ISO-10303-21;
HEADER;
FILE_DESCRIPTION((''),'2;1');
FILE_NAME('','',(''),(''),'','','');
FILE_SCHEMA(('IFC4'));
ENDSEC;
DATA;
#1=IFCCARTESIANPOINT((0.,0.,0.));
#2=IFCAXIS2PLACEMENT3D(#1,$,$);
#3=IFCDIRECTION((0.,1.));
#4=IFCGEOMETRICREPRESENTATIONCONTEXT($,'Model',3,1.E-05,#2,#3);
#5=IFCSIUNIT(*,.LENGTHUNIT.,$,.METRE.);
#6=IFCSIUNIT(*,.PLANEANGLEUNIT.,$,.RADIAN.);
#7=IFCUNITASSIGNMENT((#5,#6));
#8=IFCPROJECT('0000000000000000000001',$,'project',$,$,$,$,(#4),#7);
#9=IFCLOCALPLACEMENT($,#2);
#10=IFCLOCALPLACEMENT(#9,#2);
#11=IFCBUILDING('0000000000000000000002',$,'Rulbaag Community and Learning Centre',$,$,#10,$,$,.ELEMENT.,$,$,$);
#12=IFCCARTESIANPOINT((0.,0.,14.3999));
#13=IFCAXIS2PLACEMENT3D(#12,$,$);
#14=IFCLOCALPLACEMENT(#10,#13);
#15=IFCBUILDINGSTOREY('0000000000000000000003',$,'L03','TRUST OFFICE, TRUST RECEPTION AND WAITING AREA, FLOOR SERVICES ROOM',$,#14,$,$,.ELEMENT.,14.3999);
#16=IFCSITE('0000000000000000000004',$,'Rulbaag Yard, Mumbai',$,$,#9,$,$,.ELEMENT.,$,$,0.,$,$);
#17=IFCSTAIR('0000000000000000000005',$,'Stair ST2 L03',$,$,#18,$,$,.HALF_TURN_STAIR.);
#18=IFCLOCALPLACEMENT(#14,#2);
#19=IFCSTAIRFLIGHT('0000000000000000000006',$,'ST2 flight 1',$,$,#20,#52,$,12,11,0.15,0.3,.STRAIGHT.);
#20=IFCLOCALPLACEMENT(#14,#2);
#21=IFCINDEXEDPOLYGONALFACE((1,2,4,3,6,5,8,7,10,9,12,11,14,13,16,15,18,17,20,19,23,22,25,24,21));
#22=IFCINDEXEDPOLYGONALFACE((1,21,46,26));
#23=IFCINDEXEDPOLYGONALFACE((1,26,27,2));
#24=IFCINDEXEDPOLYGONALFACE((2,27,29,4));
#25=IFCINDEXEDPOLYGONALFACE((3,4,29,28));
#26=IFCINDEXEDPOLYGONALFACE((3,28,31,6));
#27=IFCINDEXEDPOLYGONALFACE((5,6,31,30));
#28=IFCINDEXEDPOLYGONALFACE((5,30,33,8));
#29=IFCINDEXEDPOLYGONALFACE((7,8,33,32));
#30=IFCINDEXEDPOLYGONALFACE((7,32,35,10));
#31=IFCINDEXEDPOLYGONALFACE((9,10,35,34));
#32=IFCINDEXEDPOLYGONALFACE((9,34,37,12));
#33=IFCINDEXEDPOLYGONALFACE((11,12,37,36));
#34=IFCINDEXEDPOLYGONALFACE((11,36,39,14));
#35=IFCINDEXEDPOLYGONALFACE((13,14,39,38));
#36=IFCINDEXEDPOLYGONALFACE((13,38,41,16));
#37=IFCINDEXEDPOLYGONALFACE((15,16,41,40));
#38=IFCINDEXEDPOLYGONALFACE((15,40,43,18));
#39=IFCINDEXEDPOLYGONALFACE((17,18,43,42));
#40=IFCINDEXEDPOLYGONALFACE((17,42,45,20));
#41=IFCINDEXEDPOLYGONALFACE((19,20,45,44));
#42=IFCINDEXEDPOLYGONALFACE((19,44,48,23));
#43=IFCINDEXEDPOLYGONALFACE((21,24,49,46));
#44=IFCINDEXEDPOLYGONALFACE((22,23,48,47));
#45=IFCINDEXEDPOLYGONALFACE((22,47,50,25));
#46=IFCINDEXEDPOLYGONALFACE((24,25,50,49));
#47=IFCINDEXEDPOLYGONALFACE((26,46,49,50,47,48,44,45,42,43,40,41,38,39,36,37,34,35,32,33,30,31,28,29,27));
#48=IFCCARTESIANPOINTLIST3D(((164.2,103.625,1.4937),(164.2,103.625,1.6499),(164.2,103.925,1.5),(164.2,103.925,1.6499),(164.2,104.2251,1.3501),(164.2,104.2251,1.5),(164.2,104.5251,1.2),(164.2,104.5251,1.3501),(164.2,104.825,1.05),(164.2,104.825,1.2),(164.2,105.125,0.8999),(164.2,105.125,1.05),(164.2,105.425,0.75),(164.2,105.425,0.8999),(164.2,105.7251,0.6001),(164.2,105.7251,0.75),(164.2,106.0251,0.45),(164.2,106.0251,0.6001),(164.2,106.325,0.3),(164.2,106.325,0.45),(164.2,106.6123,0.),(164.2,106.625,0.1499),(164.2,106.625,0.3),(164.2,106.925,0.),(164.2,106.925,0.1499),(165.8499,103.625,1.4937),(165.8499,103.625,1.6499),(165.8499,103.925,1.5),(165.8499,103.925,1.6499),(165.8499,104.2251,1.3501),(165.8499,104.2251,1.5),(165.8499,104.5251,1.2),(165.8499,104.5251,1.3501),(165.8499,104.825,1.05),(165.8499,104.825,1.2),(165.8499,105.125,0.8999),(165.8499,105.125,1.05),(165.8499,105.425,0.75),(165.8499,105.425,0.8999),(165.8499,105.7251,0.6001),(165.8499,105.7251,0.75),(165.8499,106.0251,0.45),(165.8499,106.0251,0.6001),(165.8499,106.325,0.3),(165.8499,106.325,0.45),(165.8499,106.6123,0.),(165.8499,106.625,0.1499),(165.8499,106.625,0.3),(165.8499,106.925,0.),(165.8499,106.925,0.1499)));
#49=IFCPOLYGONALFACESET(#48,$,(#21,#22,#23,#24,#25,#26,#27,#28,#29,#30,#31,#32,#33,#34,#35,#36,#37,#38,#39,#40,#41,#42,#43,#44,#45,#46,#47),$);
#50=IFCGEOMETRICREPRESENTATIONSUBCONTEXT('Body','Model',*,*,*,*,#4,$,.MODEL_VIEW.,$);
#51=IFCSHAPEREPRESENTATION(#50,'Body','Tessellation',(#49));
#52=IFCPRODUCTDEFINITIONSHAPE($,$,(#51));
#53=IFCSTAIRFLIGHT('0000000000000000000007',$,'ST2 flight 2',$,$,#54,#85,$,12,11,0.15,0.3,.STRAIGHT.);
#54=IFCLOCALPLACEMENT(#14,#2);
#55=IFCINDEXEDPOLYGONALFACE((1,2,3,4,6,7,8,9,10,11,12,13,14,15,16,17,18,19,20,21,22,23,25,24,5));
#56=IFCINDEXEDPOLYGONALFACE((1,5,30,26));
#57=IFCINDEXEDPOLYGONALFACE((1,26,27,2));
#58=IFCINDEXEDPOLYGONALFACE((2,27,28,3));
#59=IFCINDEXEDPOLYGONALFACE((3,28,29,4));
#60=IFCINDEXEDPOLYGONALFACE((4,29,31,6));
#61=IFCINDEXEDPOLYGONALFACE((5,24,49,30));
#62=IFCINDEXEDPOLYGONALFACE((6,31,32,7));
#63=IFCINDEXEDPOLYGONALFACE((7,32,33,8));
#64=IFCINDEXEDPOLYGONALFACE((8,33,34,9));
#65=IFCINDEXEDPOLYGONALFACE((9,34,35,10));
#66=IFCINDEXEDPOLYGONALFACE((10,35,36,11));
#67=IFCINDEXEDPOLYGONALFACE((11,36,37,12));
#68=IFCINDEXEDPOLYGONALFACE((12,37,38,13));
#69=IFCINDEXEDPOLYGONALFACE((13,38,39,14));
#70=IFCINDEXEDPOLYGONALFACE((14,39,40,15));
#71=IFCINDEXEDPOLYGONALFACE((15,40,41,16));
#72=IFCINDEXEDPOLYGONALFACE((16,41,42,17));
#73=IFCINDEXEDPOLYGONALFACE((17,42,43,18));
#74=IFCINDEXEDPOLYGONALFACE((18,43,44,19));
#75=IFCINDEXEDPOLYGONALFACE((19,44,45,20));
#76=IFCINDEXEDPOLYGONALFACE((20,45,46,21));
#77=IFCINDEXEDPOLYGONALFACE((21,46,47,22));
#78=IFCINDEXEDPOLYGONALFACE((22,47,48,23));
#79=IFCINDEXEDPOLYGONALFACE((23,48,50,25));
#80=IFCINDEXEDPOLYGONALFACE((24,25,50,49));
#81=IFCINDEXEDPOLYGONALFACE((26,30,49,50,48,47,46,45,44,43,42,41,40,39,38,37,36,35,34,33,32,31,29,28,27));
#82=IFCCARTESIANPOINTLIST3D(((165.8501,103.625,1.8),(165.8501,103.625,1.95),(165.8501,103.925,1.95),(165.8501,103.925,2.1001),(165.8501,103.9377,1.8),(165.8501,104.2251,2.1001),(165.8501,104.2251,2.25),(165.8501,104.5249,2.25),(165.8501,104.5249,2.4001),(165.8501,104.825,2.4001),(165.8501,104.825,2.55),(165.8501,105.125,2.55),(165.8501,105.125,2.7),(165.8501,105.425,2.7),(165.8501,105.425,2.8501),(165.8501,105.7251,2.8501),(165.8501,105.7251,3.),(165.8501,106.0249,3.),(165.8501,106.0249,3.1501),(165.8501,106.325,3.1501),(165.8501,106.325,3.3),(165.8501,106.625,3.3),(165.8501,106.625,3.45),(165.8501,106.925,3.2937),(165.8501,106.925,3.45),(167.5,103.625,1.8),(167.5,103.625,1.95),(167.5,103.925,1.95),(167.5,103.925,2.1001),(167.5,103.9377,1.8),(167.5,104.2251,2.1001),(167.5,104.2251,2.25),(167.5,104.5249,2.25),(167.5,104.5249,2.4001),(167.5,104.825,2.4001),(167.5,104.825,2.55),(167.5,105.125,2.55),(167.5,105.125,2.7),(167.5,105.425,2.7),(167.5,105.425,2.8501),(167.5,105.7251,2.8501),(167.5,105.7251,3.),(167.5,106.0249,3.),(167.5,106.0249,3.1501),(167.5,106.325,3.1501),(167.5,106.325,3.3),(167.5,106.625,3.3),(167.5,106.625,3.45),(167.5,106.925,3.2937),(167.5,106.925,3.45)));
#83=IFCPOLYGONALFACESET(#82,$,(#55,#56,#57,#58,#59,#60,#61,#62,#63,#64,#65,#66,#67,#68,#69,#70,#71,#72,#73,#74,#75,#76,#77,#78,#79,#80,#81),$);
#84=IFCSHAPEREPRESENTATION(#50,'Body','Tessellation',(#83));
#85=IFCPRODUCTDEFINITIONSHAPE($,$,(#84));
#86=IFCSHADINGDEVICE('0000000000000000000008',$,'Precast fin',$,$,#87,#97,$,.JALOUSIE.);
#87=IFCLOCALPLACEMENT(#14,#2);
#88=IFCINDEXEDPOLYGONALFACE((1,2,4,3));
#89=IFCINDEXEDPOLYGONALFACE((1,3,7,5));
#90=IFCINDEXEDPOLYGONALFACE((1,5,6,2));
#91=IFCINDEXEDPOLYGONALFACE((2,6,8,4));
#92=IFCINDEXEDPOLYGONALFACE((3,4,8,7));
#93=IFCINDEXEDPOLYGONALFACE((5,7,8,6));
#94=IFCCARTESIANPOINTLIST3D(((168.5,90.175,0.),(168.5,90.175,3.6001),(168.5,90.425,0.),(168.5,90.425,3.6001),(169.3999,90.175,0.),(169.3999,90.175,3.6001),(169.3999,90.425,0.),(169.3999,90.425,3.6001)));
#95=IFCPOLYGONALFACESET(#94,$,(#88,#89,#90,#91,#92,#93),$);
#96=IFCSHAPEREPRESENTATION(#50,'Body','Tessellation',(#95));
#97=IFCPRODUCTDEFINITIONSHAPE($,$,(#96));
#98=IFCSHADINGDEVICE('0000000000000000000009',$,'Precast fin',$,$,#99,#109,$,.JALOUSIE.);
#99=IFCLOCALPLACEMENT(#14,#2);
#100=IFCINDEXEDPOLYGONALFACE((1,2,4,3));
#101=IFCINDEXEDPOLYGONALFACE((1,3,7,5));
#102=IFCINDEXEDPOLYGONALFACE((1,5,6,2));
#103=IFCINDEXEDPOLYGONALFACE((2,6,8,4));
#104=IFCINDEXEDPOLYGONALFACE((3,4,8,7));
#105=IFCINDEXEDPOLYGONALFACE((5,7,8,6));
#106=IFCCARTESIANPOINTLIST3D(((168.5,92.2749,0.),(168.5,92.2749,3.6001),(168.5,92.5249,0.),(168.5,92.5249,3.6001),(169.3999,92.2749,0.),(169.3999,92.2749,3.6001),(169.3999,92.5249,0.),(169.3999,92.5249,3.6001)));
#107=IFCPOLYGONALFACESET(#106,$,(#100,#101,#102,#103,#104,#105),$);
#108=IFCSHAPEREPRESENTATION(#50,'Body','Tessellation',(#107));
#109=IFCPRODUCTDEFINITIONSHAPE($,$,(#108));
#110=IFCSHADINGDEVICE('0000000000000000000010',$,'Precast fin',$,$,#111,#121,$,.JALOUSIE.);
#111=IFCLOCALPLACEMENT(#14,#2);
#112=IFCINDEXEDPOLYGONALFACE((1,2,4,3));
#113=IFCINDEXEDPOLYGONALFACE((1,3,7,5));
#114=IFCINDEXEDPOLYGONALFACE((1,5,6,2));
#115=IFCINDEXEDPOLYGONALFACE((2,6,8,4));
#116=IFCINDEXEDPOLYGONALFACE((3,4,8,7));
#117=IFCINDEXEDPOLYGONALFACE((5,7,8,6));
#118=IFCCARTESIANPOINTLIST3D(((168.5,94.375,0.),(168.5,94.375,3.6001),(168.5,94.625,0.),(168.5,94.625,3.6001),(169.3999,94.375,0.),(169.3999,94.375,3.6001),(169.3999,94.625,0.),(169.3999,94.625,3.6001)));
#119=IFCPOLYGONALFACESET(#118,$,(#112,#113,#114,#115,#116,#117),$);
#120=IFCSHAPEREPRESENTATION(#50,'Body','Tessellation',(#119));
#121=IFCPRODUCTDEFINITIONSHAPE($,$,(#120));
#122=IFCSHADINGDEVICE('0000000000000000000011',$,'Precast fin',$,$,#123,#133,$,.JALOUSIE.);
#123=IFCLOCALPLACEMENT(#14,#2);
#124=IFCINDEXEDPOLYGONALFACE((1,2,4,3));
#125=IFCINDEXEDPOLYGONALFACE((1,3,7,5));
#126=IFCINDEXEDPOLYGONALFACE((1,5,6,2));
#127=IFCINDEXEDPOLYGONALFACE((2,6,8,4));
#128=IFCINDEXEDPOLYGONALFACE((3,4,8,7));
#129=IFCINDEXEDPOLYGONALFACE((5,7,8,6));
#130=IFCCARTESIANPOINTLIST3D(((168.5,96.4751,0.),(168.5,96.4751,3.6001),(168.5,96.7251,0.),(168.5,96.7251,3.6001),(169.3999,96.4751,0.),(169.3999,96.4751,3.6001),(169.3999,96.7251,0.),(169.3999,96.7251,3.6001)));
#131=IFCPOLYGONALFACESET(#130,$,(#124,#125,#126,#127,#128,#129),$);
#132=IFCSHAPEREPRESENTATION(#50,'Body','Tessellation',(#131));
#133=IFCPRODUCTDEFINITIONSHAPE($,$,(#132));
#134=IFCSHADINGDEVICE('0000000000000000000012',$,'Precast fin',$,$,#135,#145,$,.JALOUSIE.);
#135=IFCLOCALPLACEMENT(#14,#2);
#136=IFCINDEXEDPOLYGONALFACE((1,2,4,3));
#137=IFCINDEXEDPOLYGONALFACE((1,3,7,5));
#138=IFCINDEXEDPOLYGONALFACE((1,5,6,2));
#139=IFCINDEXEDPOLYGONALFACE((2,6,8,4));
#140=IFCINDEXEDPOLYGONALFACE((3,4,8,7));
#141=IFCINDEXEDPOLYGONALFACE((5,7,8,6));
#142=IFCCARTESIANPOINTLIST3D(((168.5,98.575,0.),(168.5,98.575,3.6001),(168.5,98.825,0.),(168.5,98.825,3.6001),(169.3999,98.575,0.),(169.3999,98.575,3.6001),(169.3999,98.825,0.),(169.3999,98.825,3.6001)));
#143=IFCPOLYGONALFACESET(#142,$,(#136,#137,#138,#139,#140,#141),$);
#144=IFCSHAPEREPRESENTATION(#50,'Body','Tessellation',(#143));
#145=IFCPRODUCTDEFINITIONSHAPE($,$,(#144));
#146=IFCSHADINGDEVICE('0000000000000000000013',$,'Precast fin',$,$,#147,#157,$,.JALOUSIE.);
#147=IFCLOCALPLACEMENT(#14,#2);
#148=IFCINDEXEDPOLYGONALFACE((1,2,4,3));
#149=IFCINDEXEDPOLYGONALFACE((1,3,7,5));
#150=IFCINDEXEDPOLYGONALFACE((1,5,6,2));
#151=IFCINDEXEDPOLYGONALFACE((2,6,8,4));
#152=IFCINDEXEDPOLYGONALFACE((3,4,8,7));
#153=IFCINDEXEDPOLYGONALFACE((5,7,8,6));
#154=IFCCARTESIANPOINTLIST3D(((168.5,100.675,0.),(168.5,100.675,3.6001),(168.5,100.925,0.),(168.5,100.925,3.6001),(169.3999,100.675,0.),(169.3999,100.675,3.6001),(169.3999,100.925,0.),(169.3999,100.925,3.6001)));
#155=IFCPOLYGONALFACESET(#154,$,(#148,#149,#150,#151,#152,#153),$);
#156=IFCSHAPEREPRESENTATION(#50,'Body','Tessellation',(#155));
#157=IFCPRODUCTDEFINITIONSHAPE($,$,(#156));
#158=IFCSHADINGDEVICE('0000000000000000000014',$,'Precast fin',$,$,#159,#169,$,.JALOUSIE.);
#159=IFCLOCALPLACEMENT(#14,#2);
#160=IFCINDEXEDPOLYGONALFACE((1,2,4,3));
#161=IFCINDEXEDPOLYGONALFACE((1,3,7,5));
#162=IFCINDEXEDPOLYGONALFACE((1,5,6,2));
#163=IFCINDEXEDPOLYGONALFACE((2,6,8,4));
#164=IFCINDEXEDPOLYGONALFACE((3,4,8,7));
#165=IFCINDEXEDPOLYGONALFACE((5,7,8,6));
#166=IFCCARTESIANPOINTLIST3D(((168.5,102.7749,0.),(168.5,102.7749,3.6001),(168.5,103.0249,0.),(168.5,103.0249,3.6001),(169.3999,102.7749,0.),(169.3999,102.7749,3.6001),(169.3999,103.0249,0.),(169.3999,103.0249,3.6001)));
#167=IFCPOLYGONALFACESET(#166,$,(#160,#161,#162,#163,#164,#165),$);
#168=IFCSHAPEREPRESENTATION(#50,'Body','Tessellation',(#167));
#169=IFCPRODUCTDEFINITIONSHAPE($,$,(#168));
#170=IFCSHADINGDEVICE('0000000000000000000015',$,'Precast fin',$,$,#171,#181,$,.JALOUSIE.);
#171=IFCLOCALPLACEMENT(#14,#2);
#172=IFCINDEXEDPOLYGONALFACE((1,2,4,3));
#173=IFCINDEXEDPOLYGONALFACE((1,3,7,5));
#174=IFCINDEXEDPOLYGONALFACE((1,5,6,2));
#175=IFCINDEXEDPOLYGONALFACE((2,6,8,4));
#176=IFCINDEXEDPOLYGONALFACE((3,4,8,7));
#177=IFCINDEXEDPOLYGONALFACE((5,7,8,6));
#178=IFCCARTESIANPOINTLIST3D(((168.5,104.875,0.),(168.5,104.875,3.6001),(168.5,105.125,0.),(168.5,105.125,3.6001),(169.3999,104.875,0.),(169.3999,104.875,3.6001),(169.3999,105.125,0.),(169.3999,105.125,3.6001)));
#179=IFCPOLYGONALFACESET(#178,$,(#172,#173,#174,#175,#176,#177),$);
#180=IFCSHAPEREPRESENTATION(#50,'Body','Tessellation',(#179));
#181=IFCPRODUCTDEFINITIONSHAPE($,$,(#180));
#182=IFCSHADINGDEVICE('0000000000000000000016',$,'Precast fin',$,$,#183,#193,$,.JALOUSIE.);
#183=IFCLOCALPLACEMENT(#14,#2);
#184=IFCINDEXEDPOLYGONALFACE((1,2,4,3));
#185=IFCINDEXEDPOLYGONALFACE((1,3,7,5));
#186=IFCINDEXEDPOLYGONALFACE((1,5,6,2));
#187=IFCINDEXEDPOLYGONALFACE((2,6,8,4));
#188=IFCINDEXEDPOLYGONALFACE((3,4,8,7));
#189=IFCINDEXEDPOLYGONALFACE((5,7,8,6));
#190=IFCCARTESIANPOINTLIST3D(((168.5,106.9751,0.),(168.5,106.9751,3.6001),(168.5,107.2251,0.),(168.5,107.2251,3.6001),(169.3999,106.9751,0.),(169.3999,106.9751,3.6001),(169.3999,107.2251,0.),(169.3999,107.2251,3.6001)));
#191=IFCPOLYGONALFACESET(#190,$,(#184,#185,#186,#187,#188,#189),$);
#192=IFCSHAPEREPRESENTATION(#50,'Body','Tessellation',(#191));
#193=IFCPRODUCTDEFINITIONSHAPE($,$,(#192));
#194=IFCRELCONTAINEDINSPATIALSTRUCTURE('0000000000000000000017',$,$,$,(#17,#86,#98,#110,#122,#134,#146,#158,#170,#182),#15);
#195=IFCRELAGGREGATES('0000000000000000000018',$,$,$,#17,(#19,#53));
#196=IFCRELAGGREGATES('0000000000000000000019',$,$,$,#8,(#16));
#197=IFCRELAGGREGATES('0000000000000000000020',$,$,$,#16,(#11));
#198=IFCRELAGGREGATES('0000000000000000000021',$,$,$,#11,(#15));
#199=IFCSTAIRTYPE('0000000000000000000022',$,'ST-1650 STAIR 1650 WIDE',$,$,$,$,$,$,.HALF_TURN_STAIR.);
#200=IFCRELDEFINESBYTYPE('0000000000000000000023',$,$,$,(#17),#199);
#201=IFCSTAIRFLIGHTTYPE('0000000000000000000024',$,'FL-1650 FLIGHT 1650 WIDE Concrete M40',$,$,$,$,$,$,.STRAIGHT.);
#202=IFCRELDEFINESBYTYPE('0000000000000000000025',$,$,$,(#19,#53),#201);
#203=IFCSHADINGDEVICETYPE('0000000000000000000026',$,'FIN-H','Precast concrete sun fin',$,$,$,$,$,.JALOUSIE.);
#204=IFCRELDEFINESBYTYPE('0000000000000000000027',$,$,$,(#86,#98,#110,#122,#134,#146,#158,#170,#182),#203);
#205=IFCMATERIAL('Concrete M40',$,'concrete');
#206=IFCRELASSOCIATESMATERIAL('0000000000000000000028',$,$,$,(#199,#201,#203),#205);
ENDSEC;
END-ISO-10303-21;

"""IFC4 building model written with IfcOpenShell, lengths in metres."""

from ifc_helpers import new_model, si_unit, direction, frame, origin, origin_2d, place, context, subcontext, project, spatial, polyline, rectangle, outline, extrude, material, material_profile, profile_set, type_object, element, aggregate, save


model = new_model("IFC4")

# Units and contexts
model_context = context("Model", 3, precision=1e-05, world=origin(), true_north=direction((0.0, 1.0)))
body_context = subcontext(model_context, "Body", "Model", "MODEL_VIEW")
ifc_project = project(units=[si_unit("LENGTHUNIT", "METRE"), si_unit("PLANEANGLEUNIT", "RADIAN")], contexts=[model_context])

# Site, building, storey
site_placement = place(None, origin())
site = spatial("IfcSite", under=ifc_project, at=site_placement, Name="Rulbaag Yard, Mumbai", CompositionType="ELEMENT", RefElevation=0.0)
building_placement = place(site_placement, origin())
building = spatial("IfcBuilding", under=site, at=building_placement, Name="Rulbaag Community and Learning Centre", CompositionType="ELEMENT")
storey_placement = place(building_placement, frame((0.0, 0.0, 14.3999)))
storey = spatial("IfcBuildingStorey", under=building, at=storey_placement, Name="L03", Description="TRUST OFFICE, TRUST RECEPTION AND WAITING AREA, FLOOR SERVICES ROOM", CompositionType="ELEMENT", Elevation=14.3999)

# Stair, stair flights
ifc_material_1 = material(Name="Concrete M40", Category="concrete")
stair_type = type_object("IfcStairType", Name="ST-1650 STAIR 1650 WIDE", PredefinedType="HALF_TURN_STAIR", material=ifc_material_1)
stair_placement = place(storey_placement, origin())
stair = element("IfcStair", 1, at=stair_placement, inside=storey, type_object=stair_type, Name="Stair ST2 L03", PredefinedType="HALF_TURN_STAIR")
stair_flight_type = type_object("IfcStairFlightType", Name="FL-1650 FLIGHT 1650 WIDE Concrete M40", PredefinedType="STRAIGHT", material=ifc_material_1)
stair_flight_1_placement = place(storey_placement, frame((165.0249, 106.925, 0.0), z_axis=(0.0, 0.0, 1.0), x_axis=(0.0, -1.0, 0.0)))
stair_flight_1 = element("IfcStairFlight", 2, at=stair_flight_1_placement, type_object=stair_flight_type, Name="ST2 flight 1", NumberOfRisers=12, NumberOfTreads=11, PredefinedType="STRAIGHT", RiserHeight=0.15, TreadLength=0.3, context=body_context, shape_type="SweptSolid", body=[
    extrude(outline(polyline([(0.0, 0.0), (0.0, 0.1499), (0.3, 0.1499), (0.3, 0.3), (0.6001, 0.3), (0.6001, 0.45), (0.8999, 0.45), (0.8999, 0.6001), (1.2, 0.6001), (1.2, 0.75), (1.5, 0.75), (1.5, 0.8999), (1.8, 0.8999), (1.8, 1.05), (2.1001, 1.05), (2.1001, 1.2), (2.3999, 1.2), (2.3999, 1.3501), (2.7, 1.3501), (2.7, 1.5), (3.0, 1.5), (3.0, 1.6499), (3.3, 1.6499), (3.3, 1.4937), (0.3127, 0.0), (0.0, 0.0)])), frame((0.0, 0.825, 0.0), z_axis=(0.0, -1.0, 0.0), x_axis=(1.0, 0.0, 0.0)), (0.0, 0.0, 1.0), 1.6499),
])
stair_flight_2_placement = place(storey_placement, frame((166.675, 103.625, 1.8), z_axis=(0.0, 0.0, 1.0), x_axis=(0.0, 1.0, 0.0)))
stair_flight_2 = element("IfcStairFlight", 3, at=stair_flight_2_placement, type_object=stair_flight_type, Name="ST2 flight 2", NumberOfRisers=12, NumberOfTreads=11, PredefinedType="STRAIGHT", RiserHeight=0.15, TreadLength=0.3, context=body_context, shape_type="SweptSolid", body=[
    extrude(outline(polyline([(0.0, 0.0), (0.0, 0.1499), (0.3, 0.1499), (0.3, 0.3), (0.6001, 0.3), (0.6001, 0.45), (0.8999, 0.45), (0.8999, 0.6001), (1.2, 0.6001), (1.2, 0.75), (1.5, 0.75), (1.5, 0.8999), (1.8, 0.8999), (1.8, 1.05), (2.1001, 1.05), (2.1001, 1.2), (2.3999, 1.2), (2.3999, 1.3501), (2.7, 1.3501), (2.7, 1.5), (3.0, 1.5), (3.0, 1.6499), (3.3, 1.6499), (3.3, 1.4937), (0.3127, 0.0), (0.0, 0.0)])), frame((0.0, 0.825, 0.0), z_axis=(0.0, -1.0, 0.0), x_axis=(1.0, 0.0, 0.0)), (0.0, 0.0, 1.0), 1.6499),
])
aggregate(stair, [stair_flight_1, stair_flight_2])

# Shading devices
ifc_material_profile_1 = material_profile(ifc_material_1, rectangle(XDim=0.25, YDim=0.8999, at=origin_2d()), Name="PC 250x900")
ifc_profile_set_1 = profile_set([ifc_material_profile_1], Name="Concrete M40")
shading_device_type = type_object("IfcShadingDeviceType", Name="FIN-H", Description="Precast concrete sun fin", PredefinedType="JALOUSIE", material=ifc_profile_set_1)
for number, where, z_axis, x_axis, name in (
    (4, (168.95, 90.3, 0.0), (0.0, 0.0, 1.0), (0.0, 1.0, 0.0), "Precast fin"),
    (5, (168.95, 92.3999, 0.0), (0.0, 0.0, 1.0), (0.0, 1.0, 0.0), "Precast fin"),
    (6, (168.95, 94.5, 0.0), (0.0, 0.0, 1.0), (0.0, 1.0, 0.0), "Precast fin"),
    (7, (168.95, 96.6001, 0.0), (0.0, 0.0, 1.0), (0.0, 1.0, 0.0), "Precast fin"),
    (8, (168.95, 98.7, 0.0), (0.0, 0.0, 1.0), (0.0, 1.0, 0.0), "Precast fin"),
    (9, (168.95, 100.8, 0.0), (0.0, 0.0, 1.0), (0.0, 1.0, 0.0), "Precast fin"),
    (10, (168.95, 102.8999, 0.0), (0.0, 0.0, 1.0), (0.0, 1.0, 0.0), "Precast fin"),
    (11, (168.95, 105.0, 0.0), (0.0, 0.0, 1.0), (0.0, 1.0, 0.0), "Precast fin"),
    (12, (168.95, 107.1001, 0.0), (0.0, 0.0, 1.0), (0.0, 1.0, 0.0), "Precast fin"),
):
    element("IfcShadingDevice", number, at=place(storey_placement, frame(where, z_axis=z_axis, x_axis=x_axis)), inside=storey, type_object=shading_device_type, Name=name, PredefinedType="JALOUSIE", context=body_context, shape_type="SweptSolid", body=[
        extrude(rectangle(XDim=0.25, YDim=0.8999, at=origin_2d()), origin(), (0.0, 0.0, 1.0), 3.6001),
    ])

save(model, "model.ifc")
